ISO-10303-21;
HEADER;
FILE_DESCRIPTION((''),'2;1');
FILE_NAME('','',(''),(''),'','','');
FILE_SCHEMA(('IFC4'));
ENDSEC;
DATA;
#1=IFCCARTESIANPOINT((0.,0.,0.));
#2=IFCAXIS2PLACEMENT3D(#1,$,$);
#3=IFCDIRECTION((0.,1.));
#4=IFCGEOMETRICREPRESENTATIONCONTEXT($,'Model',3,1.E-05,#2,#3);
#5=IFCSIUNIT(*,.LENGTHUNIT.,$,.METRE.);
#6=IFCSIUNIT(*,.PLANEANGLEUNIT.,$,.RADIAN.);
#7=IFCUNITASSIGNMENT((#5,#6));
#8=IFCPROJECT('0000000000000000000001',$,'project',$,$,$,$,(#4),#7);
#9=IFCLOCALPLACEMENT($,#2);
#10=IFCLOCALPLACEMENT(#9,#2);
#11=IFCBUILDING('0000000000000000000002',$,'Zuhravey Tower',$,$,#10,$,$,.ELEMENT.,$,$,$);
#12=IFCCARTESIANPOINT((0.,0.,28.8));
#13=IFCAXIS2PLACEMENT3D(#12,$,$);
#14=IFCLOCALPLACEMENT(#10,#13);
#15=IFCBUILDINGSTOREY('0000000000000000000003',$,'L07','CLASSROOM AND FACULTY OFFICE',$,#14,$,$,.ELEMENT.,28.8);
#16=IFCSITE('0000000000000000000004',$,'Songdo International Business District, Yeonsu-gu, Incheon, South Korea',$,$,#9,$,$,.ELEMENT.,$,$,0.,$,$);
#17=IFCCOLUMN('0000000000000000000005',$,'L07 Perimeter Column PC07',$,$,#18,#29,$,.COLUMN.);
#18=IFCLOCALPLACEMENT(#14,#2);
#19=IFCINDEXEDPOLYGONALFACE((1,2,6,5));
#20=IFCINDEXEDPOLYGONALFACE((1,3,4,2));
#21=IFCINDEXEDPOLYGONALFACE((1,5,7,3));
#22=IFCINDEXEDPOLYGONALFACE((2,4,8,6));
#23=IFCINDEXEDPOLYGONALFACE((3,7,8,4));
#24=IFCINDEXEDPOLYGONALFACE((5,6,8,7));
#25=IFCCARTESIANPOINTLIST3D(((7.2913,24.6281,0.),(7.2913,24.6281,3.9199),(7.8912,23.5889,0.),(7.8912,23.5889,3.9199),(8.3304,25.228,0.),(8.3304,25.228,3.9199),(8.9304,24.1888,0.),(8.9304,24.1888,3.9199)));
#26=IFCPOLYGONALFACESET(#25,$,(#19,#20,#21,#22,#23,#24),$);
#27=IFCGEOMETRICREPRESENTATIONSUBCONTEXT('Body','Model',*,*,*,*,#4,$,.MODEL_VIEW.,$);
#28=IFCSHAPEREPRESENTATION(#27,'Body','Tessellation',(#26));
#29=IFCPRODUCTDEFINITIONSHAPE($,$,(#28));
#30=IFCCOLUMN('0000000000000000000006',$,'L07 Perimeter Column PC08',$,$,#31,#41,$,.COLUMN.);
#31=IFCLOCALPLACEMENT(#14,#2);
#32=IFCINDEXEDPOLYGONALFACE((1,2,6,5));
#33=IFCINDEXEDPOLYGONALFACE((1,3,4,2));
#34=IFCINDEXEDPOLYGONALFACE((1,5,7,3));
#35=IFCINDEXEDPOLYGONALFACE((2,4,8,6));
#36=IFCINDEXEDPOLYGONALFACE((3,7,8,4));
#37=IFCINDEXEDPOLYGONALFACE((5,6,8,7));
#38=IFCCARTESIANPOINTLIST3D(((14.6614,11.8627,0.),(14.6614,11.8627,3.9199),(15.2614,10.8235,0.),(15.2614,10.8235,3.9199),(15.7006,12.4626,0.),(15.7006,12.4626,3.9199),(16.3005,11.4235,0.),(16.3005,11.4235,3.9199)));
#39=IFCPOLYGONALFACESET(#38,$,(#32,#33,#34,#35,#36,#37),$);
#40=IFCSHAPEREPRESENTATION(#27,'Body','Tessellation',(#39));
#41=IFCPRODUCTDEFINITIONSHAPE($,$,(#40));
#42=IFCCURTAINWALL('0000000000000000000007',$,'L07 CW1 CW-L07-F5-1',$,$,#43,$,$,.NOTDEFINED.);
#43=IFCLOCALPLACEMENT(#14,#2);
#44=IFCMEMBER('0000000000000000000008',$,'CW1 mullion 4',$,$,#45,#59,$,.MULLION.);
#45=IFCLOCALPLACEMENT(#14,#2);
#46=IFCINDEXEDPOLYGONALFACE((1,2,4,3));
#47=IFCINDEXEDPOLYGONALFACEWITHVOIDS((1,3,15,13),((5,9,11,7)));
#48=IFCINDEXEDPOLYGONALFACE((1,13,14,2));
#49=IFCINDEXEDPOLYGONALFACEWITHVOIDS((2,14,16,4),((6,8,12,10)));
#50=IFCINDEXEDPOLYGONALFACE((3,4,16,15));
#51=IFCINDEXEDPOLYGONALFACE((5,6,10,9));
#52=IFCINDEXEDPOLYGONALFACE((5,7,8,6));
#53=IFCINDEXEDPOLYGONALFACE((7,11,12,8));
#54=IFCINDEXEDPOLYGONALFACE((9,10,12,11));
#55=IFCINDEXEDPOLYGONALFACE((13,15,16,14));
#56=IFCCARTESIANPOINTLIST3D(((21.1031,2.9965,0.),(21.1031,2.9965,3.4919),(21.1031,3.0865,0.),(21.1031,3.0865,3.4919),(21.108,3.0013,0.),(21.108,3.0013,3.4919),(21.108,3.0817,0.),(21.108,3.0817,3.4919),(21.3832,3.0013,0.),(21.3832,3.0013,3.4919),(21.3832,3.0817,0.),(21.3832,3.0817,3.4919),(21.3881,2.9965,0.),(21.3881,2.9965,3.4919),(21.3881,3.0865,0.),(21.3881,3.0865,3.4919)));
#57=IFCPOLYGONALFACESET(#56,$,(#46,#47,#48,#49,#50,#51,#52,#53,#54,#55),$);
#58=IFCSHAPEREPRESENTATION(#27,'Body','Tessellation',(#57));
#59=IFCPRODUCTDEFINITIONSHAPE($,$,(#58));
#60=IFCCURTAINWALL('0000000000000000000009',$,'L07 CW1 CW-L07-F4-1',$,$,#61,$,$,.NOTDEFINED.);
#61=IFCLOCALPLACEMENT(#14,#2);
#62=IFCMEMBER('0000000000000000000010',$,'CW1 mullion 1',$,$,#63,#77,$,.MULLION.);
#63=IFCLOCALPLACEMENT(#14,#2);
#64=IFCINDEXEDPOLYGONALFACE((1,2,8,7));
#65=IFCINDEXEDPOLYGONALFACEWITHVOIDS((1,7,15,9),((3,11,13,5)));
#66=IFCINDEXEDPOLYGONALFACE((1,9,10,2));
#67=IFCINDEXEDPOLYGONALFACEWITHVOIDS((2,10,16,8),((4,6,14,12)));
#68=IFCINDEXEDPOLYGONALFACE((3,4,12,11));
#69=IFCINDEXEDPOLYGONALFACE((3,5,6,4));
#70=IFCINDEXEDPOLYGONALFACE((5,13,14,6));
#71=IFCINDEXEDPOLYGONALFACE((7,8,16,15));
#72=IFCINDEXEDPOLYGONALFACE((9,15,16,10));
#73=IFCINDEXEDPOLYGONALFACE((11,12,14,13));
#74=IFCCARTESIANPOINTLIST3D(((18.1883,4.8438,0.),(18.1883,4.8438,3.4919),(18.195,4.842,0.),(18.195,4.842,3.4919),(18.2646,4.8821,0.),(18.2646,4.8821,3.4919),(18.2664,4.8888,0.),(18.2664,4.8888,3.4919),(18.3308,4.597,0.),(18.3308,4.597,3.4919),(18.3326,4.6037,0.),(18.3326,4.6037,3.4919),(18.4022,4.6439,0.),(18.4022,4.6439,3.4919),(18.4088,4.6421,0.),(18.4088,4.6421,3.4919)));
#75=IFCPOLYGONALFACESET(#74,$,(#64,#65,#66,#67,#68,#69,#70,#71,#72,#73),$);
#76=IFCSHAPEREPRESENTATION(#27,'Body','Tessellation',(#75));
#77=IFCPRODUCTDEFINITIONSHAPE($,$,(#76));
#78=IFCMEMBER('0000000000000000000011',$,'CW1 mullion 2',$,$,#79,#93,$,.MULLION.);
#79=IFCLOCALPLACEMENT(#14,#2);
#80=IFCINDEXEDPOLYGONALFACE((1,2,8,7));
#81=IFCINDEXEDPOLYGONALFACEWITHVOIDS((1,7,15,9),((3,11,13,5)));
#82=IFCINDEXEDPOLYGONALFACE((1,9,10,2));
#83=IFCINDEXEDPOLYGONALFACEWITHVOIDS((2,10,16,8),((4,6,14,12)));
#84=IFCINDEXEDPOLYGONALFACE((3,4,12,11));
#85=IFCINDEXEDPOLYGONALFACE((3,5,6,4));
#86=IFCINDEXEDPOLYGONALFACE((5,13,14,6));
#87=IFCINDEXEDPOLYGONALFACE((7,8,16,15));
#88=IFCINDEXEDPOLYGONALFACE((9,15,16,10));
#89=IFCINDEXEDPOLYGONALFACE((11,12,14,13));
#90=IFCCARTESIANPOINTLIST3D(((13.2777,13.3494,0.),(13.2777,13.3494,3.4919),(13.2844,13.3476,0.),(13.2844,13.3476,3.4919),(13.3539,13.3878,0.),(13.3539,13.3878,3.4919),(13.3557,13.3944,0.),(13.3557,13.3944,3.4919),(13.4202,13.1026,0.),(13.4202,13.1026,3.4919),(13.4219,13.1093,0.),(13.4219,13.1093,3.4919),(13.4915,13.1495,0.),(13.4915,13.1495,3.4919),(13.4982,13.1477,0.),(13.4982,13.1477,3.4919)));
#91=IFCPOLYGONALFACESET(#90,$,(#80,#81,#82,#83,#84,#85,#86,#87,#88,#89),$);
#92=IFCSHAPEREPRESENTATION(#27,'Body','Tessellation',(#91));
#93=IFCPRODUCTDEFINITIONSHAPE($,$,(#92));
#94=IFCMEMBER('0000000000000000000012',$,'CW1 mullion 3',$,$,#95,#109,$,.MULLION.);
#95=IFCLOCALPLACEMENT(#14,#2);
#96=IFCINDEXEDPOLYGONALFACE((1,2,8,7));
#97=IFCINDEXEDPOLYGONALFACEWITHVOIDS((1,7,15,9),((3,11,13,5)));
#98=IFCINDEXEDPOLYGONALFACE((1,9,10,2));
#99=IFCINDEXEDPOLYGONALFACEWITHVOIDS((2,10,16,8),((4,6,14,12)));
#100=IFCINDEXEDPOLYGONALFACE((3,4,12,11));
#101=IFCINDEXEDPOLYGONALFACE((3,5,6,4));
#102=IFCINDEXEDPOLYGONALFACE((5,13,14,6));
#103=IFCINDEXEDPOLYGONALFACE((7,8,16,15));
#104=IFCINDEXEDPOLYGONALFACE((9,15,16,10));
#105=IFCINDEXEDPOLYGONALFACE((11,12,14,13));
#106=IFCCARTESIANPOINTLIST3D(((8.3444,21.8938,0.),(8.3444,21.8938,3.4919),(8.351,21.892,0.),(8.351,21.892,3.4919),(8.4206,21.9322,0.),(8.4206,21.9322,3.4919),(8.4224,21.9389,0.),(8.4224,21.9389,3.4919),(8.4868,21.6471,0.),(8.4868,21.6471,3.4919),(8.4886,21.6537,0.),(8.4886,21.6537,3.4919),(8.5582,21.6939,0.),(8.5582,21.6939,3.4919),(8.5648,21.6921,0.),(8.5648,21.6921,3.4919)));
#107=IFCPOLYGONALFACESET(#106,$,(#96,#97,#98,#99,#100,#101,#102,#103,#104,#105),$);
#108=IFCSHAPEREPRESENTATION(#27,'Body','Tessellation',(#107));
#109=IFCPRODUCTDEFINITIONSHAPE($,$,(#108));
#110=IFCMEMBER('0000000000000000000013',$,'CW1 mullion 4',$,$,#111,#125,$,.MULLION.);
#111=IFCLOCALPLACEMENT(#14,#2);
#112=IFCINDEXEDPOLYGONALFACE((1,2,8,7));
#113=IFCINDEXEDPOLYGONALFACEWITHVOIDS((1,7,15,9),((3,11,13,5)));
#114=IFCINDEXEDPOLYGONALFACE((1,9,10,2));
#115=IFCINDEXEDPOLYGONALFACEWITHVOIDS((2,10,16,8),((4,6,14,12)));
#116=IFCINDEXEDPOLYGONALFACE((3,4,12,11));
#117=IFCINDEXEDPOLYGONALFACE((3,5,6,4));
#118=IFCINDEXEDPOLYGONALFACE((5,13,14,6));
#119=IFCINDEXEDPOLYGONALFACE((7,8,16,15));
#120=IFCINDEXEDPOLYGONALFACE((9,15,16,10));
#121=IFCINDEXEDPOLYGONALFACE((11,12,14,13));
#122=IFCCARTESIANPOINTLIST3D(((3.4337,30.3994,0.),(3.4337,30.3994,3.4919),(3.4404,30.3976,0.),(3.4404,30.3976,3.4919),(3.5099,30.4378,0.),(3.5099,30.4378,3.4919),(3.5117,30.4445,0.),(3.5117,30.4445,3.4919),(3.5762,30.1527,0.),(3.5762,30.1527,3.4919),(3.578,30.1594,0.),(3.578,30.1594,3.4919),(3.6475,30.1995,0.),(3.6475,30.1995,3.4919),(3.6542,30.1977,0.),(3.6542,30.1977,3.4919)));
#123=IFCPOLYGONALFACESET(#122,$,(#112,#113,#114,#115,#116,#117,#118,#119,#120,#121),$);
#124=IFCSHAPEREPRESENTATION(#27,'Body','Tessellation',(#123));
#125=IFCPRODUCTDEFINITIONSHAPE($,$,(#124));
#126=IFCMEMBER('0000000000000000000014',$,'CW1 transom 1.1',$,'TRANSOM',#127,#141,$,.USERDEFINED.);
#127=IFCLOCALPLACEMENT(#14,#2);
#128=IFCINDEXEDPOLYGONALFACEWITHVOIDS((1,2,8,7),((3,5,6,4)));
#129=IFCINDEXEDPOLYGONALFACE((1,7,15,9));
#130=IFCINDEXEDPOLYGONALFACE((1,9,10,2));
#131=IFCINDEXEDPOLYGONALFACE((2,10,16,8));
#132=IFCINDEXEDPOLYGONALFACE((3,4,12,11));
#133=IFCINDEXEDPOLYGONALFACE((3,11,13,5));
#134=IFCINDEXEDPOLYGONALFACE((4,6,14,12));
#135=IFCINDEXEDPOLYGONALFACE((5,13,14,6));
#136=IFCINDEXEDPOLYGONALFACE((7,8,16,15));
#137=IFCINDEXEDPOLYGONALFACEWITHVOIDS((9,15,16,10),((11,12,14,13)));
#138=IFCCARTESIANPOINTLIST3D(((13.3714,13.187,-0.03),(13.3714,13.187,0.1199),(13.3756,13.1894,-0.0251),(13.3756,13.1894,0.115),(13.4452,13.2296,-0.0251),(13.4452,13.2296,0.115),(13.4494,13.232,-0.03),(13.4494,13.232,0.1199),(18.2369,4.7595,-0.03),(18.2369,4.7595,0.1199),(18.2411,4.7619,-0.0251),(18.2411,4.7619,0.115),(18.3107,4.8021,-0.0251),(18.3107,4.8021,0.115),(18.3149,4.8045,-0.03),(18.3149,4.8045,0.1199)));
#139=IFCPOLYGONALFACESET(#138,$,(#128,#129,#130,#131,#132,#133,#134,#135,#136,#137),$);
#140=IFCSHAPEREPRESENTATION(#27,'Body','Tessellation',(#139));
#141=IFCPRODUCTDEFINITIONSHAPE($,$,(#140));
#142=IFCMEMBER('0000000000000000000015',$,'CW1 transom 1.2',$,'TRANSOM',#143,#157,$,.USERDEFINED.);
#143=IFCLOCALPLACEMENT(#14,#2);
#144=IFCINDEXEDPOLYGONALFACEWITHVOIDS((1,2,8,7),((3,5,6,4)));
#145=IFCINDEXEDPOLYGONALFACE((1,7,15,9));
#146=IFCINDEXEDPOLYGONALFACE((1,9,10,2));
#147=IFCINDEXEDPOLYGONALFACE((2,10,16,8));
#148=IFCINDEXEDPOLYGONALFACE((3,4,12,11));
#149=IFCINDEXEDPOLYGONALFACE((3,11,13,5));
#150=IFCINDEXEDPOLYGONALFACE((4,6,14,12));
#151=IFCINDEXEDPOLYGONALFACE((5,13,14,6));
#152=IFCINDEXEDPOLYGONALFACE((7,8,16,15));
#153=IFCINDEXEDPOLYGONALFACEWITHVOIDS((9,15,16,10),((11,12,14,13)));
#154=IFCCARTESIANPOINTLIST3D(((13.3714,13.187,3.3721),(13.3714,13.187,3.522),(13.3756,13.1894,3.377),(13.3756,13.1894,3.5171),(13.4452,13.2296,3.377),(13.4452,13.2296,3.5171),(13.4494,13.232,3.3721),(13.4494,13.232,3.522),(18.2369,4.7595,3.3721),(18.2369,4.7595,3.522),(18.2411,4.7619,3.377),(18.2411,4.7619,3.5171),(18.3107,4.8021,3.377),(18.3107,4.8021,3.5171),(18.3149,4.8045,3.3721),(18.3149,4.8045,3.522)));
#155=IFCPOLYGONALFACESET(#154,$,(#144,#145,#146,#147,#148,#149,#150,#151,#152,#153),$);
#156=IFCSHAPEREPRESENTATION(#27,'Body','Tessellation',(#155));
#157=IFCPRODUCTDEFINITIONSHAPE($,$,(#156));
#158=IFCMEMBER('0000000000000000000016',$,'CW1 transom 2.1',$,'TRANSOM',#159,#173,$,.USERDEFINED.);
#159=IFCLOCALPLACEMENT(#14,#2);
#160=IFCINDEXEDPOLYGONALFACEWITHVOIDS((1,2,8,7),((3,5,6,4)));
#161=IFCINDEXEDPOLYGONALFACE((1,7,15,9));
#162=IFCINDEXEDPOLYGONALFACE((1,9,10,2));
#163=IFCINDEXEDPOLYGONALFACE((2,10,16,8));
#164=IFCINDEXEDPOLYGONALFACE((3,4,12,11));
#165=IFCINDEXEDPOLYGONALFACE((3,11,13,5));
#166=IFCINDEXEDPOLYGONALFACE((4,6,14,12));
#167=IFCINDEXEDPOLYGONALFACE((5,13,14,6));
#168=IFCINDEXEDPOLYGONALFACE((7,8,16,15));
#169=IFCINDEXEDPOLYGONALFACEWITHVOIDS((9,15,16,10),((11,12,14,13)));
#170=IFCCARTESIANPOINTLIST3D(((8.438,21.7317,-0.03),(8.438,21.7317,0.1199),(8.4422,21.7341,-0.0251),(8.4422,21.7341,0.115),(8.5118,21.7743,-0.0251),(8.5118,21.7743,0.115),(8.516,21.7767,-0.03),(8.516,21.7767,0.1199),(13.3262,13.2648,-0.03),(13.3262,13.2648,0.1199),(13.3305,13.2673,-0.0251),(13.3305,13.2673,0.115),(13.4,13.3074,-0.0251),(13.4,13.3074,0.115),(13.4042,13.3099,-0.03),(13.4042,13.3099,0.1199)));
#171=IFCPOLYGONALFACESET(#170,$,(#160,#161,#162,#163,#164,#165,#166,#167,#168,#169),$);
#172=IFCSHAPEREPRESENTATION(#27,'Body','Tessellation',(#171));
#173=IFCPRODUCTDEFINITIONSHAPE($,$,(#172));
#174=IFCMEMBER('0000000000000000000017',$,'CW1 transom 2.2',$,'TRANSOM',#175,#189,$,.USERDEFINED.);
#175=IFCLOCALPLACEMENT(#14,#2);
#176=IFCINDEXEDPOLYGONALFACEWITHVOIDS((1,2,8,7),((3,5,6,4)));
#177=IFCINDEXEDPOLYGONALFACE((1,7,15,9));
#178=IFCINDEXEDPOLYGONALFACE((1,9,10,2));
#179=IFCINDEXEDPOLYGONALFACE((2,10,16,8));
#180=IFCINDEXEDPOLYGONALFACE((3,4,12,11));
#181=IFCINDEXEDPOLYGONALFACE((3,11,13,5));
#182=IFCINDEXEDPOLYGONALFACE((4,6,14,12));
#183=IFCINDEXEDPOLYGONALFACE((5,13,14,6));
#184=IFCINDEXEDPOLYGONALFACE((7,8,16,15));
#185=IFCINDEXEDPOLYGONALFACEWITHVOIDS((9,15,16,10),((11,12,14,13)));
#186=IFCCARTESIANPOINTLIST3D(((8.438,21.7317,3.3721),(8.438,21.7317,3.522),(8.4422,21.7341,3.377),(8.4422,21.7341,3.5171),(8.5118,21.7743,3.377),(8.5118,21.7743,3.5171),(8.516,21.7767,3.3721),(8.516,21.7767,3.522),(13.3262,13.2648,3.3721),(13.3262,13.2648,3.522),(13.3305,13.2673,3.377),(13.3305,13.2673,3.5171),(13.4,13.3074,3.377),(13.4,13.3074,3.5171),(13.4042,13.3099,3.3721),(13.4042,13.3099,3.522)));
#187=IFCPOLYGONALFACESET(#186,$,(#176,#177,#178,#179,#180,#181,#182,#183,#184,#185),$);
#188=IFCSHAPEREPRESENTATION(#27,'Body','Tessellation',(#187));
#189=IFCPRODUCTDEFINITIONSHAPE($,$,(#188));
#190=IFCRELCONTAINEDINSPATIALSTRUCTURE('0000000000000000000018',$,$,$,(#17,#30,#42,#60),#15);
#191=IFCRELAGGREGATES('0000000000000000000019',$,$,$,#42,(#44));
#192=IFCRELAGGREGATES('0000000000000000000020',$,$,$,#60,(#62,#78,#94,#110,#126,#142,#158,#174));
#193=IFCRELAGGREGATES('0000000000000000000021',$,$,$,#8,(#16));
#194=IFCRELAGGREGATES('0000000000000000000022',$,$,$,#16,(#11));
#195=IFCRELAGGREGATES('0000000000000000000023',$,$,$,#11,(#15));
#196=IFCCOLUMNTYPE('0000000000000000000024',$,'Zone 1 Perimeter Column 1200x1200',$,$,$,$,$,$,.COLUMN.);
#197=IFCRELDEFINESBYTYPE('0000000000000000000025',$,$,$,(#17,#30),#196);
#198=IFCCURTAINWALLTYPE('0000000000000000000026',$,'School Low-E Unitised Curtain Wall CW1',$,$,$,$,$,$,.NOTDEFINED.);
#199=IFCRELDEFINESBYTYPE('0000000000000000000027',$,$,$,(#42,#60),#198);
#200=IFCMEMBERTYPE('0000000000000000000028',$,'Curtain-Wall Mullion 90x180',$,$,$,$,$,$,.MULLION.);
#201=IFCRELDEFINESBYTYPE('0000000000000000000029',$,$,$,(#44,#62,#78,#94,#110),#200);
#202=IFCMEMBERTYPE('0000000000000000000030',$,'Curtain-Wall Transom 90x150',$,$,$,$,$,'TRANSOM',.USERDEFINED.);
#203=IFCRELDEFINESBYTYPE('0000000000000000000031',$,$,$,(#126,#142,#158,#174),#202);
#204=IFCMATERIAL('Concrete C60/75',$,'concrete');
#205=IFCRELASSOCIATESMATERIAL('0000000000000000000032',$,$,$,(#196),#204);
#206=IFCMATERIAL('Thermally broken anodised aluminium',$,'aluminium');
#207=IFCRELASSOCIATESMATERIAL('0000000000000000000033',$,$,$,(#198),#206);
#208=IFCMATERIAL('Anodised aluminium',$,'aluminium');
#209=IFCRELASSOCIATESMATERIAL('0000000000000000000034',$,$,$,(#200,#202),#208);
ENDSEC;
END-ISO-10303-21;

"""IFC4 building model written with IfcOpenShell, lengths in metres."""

from ifc_helpers import new_model, si_unit, direction, frame, origin, origin_2d, place, context, subcontext, project, spatial, rectangle, hollow_rectangle, extrude, material, material_profile, profile_set, type_object, element, aggregate, save


model = new_model("IFC4")

# Units and contexts
model_context = context("Model", 3, precision=1e-05, world=origin(), true_north=direction((0.0, 1.0)))
body_context = subcontext(model_context, "Body", "Model", "MODEL_VIEW")
ifc_project = project(units=[si_unit("LENGTHUNIT", "METRE"), si_unit("PLANEANGLEUNIT", "RADIAN")], contexts=[model_context])

# Site, building, storey
site_placement = place(None, origin())
site = spatial("IfcSite", under=ifc_project, at=site_placement, Name="Songdo International Business District, Yeonsu-gu, Incheon, South Korea", CompositionType="ELEMENT", RefElevation=0.0)
building_placement = place(site_placement, origin())
building = spatial("IfcBuilding", under=site, at=building_placement, Name="Zuhravey Tower", CompositionType="ELEMENT")
storey_placement = place(building_placement, frame((0.0, 0.0, 28.8)))
storey = spatial("IfcBuildingStorey", under=building, at=storey_placement, Name="L07", Description="CLASSROOM AND FACULTY OFFICE", CompositionType="ELEMENT", Elevation=28.8)

# Columns
ifc_material_1 = material(Name="Concrete C60/75", Category="concrete")
ifc_material_profile_1 = material_profile(ifc_material_1, rectangle(XDim=1.2, YDim=1.2, at=origin_2d()), Name="RC-1200x1200")
ifc_profile_set_1 = profile_set([ifc_material_profile_1], Name="Concrete C60/75")
column_type = type_object("IfcColumnType", Name="Zone 1 Perimeter Column 1200x1200", PredefinedType="COLUMN", material=ifc_profile_set_1)
for number, where, z_axis, x_axis, name in (
    (1, (8.1108, 24.4084, 0.0), (0.0, 0.0, 1.0), (0.5, -0.866025, 0.0), "L07 Perimeter Column PC07"),
    (2, (15.481, 11.6431, 0.0), (0.0, 0.0, 1.0), (0.5, -0.866025, 0.0), "L07 Perimeter Column PC08"),
):
    element("IfcColumn", number, at=place(storey_placement, frame(where, z_axis=z_axis, x_axis=x_axis)), inside=storey, type_object=column_type, Name=name, PredefinedType="COLUMN", context=body_context, shape_type="SweptSolid", body=[
        extrude(rectangle(XDim=1.2, YDim=1.2, at=origin_2d()), origin(), (0.0, 0.0, 1.0), 3.9199),
    ])

# Curtain wall, member
ifc_material_2 = material(Name="Thermally broken anodised aluminium", Category="aluminium")
curtain_wall_type = type_object("IfcCurtainWallType", Name="School Low-E Unitised Curtain Wall CW1", PredefinedType="NOTDEFINED", material=ifc_material_2)
curtain_wall_1_placement = place(storey_placement, origin())
curtain_wall_1 = element("IfcCurtainWall", 3, at=curtain_wall_1_placement, inside=storey, type_object=curtain_wall_type, Name="L07 CW1 CW-L07-F5-1", PredefinedType="NOTDEFINED")
ifc_material_3 = material(Name="Anodised aluminium", Category="aluminium")
ifc_material_profile_2 = material_profile(ifc_material_3, hollow_rectangle(XDim=0.0901, YDim=0.2849, WallThickness=0.0049, at=origin_2d()), Name="ALU-RHS-90x285x5")
ifc_profile_set_2 = profile_set([ifc_material_profile_2], Name="Anodised aluminium")
member_type_1 = type_object("IfcMemberType", Name="Curtain-Wall Mullion 90x180", PredefinedType="MULLION", material=ifc_profile_set_2)
member_1_placement = place(storey_placement, frame((21.2456, 3.0415, 0.0), z_axis=(0.0, 0.0, 1.0), x_axis=(0.0, -1.0, 0.0)))
member_1 = element("IfcMember", 4, at=member_1_placement, type_object=member_type_1, Name="CW1 mullion 4", PredefinedType="MULLION", context=body_context, shape_type="SweptSolid", body=[
    extrude(hollow_rectangle(XDim=0.0901, YDim=0.2849, WallThickness=0.0049, at=origin_2d()), origin(), (0.0, 0.0, 1.0), 3.4919),
])
aggregate(curtain_wall_1, [member_1])

# Curtain wall, members
curtain_wall_2_placement = place(storey_placement, origin())
curtain_wall_2 = element("IfcCurtainWall", 5, at=curtain_wall_2_placement, inside=storey, type_object=curtain_wall_type, Name="L07 CW1 CW-L07-F4-1", PredefinedType="NOTDEFINED")
member_2_placement = place(storey_placement, frame((18.2986, 4.7429, 0.0), z_axis=(0.0, 0.0, 1.0), x_axis=(-0.866026, -0.5, 0.0)))
member_2 = element("IfcMember", 6, at=member_2_placement, type_object=member_type_1, Name="CW1 mullion 1", PredefinedType="MULLION", context=body_context, shape_type="SweptSolid", body=[
    extrude(hollow_rectangle(XDim=0.0901, YDim=0.2849, WallThickness=0.0049, at=origin_2d()), origin(), (0.0, 0.0, 1.0), 3.4919),
])
member_3_placement = place(storey_placement, frame((13.3879, 13.2485, 0.0), z_axis=(0.0, 0.0, 1.0), x_axis=(-0.866026, -0.5, 0.0)))
member_3 = element("IfcMember", 7, at=member_3_placement, type_object=member_type_1, Name="CW1 mullion 2", PredefinedType="MULLION", context=body_context, shape_type="SweptSolid", body=[
    extrude(hollow_rectangle(XDim=0.0901, YDim=0.2849, WallThickness=0.0049, at=origin_2d()), origin(), (0.0, 0.0, 1.0), 3.4919),
])
member_4_placement = place(storey_placement, frame((8.4546, 21.793, 0.0), z_axis=(0.0, 0.0, 1.0), x_axis=(-0.866026, -0.5, 0.0)))
member_4 = element("IfcMember", 8, at=member_4_placement, type_object=member_type_1, Name="CW1 mullion 3", PredefinedType="MULLION", context=body_context, shape_type="SweptSolid", body=[
    extrude(hollow_rectangle(XDim=0.0901, YDim=0.2849, WallThickness=0.0049, at=origin_2d()), origin(), (0.0, 0.0, 1.0), 3.4919),
])
member_5_placement = place(storey_placement, frame((3.5439, 30.2986, 0.0), z_axis=(0.0, 0.0, 1.0), x_axis=(-0.866026, -0.5, 0.0)))
member_5 = element("IfcMember", 9, at=member_5_placement, type_object=member_type_1, Name="CW1 mullion 4", PredefinedType="MULLION", context=body_context, shape_type="SweptSolid", body=[
    extrude(hollow_rectangle(XDim=0.0901, YDim=0.2849, WallThickness=0.0049, at=origin_2d()), origin(), (0.0, 0.0, 1.0), 3.4919),
])
ifc_material_profile_3 = material_profile(ifc_material_3, hollow_rectangle(XDim=0.0901, YDim=0.1499, WallThickness=0.0049, at=origin_2d()), Name="ALU-RHS-90x150x5")
ifc_profile_set_3 = profile_set([ifc_material_profile_3], Name="Anodised aluminium")
member_type_2 = type_object("IfcMemberType", Name="Curtain-Wall Transom 90x150", ElementType="TRANSOM", PredefinedType="USERDEFINED", material=ifc_profile_set_3)
member_6_placement = place(storey_placement, frame((18.2759, 4.782, 0.0449), z_axis=(-0.49999, 0.866031, 0.0), x_axis=(-0.866031, -0.49999, 0.0)))
member_6 = element("IfcMember", 10, at=member_6_placement, type_object=member_type_2, Name="CW1 transom 1.1", ObjectType="TRANSOM", PredefinedType="USERDEFINED", context=body_context, shape_type="SweptSolid", body=[
    extrude(hollow_rectangle(XDim=0.0901, YDim=0.1499, WallThickness=0.0049, at=origin_2d()), origin(), (0.0, 0.0, 1.0), 9.7312),
])
member_7_placement = place(storey_placement, frame((18.2759, 4.782, 3.447), z_axis=(-0.49999, 0.866031, 0.0), x_axis=(-0.866031, -0.49999, 0.0)))
member_7 = element("IfcMember", 11, at=member_7_placement, type_object=member_type_2, Name="CW1 transom 1.2", ObjectType="TRANSOM", PredefinedType="USERDEFINED", context=body_context, shape_type="SweptSolid", body=[
    extrude(hollow_rectangle(XDim=0.0901, YDim=0.1499, WallThickness=0.0049, at=origin_2d()), origin(), (0.0, 0.0, 1.0), 9.7312),
])
member_8_placement = place(storey_placement, frame((13.3652, 13.2874, 0.0449), z_axis=(-0.49999, 0.866031, 0.0), x_axis=(-0.866031, -0.49999, 0.0)))
member_8 = element("IfcMember", 12, at=member_8_placement, type_object=member_type_2, Name="CW1 transom 2.1", ObjectType="TRANSOM", PredefinedType="USERDEFINED", context=body_context, shape_type="SweptSolid", body=[
    extrude(hollow_rectangle(XDim=0.0901, YDim=0.1499, WallThickness=0.0049, at=origin_2d()), origin(), (0.0, 0.0, 1.0), 9.7766),
])
member_9_placement = place(storey_placement, frame((13.3652, 13.2874, 3.447), z_axis=(-0.49999, 0.866031, 0.0), x_axis=(-0.866031, -0.49999, 0.0)))
member_9 = element("IfcMember", 13, at=member_9_placement, type_object=member_type_2, Name="CW1 transom 2.2", ObjectType="TRANSOM", PredefinedType="USERDEFINED", context=body_context, shape_type="SweptSolid", body=[
    extrude(hollow_rectangle(XDim=0.0901, YDim=0.1499, WallThickness=0.0049, at=origin_2d()), origin(), (0.0, 0.0, 1.0), 9.7766),
])

aggregate(curtain_wall_2, [member_2, member_3, member_4, member_5, member_6, member_7, member_8, member_9])

save(model, "model.ifc")
